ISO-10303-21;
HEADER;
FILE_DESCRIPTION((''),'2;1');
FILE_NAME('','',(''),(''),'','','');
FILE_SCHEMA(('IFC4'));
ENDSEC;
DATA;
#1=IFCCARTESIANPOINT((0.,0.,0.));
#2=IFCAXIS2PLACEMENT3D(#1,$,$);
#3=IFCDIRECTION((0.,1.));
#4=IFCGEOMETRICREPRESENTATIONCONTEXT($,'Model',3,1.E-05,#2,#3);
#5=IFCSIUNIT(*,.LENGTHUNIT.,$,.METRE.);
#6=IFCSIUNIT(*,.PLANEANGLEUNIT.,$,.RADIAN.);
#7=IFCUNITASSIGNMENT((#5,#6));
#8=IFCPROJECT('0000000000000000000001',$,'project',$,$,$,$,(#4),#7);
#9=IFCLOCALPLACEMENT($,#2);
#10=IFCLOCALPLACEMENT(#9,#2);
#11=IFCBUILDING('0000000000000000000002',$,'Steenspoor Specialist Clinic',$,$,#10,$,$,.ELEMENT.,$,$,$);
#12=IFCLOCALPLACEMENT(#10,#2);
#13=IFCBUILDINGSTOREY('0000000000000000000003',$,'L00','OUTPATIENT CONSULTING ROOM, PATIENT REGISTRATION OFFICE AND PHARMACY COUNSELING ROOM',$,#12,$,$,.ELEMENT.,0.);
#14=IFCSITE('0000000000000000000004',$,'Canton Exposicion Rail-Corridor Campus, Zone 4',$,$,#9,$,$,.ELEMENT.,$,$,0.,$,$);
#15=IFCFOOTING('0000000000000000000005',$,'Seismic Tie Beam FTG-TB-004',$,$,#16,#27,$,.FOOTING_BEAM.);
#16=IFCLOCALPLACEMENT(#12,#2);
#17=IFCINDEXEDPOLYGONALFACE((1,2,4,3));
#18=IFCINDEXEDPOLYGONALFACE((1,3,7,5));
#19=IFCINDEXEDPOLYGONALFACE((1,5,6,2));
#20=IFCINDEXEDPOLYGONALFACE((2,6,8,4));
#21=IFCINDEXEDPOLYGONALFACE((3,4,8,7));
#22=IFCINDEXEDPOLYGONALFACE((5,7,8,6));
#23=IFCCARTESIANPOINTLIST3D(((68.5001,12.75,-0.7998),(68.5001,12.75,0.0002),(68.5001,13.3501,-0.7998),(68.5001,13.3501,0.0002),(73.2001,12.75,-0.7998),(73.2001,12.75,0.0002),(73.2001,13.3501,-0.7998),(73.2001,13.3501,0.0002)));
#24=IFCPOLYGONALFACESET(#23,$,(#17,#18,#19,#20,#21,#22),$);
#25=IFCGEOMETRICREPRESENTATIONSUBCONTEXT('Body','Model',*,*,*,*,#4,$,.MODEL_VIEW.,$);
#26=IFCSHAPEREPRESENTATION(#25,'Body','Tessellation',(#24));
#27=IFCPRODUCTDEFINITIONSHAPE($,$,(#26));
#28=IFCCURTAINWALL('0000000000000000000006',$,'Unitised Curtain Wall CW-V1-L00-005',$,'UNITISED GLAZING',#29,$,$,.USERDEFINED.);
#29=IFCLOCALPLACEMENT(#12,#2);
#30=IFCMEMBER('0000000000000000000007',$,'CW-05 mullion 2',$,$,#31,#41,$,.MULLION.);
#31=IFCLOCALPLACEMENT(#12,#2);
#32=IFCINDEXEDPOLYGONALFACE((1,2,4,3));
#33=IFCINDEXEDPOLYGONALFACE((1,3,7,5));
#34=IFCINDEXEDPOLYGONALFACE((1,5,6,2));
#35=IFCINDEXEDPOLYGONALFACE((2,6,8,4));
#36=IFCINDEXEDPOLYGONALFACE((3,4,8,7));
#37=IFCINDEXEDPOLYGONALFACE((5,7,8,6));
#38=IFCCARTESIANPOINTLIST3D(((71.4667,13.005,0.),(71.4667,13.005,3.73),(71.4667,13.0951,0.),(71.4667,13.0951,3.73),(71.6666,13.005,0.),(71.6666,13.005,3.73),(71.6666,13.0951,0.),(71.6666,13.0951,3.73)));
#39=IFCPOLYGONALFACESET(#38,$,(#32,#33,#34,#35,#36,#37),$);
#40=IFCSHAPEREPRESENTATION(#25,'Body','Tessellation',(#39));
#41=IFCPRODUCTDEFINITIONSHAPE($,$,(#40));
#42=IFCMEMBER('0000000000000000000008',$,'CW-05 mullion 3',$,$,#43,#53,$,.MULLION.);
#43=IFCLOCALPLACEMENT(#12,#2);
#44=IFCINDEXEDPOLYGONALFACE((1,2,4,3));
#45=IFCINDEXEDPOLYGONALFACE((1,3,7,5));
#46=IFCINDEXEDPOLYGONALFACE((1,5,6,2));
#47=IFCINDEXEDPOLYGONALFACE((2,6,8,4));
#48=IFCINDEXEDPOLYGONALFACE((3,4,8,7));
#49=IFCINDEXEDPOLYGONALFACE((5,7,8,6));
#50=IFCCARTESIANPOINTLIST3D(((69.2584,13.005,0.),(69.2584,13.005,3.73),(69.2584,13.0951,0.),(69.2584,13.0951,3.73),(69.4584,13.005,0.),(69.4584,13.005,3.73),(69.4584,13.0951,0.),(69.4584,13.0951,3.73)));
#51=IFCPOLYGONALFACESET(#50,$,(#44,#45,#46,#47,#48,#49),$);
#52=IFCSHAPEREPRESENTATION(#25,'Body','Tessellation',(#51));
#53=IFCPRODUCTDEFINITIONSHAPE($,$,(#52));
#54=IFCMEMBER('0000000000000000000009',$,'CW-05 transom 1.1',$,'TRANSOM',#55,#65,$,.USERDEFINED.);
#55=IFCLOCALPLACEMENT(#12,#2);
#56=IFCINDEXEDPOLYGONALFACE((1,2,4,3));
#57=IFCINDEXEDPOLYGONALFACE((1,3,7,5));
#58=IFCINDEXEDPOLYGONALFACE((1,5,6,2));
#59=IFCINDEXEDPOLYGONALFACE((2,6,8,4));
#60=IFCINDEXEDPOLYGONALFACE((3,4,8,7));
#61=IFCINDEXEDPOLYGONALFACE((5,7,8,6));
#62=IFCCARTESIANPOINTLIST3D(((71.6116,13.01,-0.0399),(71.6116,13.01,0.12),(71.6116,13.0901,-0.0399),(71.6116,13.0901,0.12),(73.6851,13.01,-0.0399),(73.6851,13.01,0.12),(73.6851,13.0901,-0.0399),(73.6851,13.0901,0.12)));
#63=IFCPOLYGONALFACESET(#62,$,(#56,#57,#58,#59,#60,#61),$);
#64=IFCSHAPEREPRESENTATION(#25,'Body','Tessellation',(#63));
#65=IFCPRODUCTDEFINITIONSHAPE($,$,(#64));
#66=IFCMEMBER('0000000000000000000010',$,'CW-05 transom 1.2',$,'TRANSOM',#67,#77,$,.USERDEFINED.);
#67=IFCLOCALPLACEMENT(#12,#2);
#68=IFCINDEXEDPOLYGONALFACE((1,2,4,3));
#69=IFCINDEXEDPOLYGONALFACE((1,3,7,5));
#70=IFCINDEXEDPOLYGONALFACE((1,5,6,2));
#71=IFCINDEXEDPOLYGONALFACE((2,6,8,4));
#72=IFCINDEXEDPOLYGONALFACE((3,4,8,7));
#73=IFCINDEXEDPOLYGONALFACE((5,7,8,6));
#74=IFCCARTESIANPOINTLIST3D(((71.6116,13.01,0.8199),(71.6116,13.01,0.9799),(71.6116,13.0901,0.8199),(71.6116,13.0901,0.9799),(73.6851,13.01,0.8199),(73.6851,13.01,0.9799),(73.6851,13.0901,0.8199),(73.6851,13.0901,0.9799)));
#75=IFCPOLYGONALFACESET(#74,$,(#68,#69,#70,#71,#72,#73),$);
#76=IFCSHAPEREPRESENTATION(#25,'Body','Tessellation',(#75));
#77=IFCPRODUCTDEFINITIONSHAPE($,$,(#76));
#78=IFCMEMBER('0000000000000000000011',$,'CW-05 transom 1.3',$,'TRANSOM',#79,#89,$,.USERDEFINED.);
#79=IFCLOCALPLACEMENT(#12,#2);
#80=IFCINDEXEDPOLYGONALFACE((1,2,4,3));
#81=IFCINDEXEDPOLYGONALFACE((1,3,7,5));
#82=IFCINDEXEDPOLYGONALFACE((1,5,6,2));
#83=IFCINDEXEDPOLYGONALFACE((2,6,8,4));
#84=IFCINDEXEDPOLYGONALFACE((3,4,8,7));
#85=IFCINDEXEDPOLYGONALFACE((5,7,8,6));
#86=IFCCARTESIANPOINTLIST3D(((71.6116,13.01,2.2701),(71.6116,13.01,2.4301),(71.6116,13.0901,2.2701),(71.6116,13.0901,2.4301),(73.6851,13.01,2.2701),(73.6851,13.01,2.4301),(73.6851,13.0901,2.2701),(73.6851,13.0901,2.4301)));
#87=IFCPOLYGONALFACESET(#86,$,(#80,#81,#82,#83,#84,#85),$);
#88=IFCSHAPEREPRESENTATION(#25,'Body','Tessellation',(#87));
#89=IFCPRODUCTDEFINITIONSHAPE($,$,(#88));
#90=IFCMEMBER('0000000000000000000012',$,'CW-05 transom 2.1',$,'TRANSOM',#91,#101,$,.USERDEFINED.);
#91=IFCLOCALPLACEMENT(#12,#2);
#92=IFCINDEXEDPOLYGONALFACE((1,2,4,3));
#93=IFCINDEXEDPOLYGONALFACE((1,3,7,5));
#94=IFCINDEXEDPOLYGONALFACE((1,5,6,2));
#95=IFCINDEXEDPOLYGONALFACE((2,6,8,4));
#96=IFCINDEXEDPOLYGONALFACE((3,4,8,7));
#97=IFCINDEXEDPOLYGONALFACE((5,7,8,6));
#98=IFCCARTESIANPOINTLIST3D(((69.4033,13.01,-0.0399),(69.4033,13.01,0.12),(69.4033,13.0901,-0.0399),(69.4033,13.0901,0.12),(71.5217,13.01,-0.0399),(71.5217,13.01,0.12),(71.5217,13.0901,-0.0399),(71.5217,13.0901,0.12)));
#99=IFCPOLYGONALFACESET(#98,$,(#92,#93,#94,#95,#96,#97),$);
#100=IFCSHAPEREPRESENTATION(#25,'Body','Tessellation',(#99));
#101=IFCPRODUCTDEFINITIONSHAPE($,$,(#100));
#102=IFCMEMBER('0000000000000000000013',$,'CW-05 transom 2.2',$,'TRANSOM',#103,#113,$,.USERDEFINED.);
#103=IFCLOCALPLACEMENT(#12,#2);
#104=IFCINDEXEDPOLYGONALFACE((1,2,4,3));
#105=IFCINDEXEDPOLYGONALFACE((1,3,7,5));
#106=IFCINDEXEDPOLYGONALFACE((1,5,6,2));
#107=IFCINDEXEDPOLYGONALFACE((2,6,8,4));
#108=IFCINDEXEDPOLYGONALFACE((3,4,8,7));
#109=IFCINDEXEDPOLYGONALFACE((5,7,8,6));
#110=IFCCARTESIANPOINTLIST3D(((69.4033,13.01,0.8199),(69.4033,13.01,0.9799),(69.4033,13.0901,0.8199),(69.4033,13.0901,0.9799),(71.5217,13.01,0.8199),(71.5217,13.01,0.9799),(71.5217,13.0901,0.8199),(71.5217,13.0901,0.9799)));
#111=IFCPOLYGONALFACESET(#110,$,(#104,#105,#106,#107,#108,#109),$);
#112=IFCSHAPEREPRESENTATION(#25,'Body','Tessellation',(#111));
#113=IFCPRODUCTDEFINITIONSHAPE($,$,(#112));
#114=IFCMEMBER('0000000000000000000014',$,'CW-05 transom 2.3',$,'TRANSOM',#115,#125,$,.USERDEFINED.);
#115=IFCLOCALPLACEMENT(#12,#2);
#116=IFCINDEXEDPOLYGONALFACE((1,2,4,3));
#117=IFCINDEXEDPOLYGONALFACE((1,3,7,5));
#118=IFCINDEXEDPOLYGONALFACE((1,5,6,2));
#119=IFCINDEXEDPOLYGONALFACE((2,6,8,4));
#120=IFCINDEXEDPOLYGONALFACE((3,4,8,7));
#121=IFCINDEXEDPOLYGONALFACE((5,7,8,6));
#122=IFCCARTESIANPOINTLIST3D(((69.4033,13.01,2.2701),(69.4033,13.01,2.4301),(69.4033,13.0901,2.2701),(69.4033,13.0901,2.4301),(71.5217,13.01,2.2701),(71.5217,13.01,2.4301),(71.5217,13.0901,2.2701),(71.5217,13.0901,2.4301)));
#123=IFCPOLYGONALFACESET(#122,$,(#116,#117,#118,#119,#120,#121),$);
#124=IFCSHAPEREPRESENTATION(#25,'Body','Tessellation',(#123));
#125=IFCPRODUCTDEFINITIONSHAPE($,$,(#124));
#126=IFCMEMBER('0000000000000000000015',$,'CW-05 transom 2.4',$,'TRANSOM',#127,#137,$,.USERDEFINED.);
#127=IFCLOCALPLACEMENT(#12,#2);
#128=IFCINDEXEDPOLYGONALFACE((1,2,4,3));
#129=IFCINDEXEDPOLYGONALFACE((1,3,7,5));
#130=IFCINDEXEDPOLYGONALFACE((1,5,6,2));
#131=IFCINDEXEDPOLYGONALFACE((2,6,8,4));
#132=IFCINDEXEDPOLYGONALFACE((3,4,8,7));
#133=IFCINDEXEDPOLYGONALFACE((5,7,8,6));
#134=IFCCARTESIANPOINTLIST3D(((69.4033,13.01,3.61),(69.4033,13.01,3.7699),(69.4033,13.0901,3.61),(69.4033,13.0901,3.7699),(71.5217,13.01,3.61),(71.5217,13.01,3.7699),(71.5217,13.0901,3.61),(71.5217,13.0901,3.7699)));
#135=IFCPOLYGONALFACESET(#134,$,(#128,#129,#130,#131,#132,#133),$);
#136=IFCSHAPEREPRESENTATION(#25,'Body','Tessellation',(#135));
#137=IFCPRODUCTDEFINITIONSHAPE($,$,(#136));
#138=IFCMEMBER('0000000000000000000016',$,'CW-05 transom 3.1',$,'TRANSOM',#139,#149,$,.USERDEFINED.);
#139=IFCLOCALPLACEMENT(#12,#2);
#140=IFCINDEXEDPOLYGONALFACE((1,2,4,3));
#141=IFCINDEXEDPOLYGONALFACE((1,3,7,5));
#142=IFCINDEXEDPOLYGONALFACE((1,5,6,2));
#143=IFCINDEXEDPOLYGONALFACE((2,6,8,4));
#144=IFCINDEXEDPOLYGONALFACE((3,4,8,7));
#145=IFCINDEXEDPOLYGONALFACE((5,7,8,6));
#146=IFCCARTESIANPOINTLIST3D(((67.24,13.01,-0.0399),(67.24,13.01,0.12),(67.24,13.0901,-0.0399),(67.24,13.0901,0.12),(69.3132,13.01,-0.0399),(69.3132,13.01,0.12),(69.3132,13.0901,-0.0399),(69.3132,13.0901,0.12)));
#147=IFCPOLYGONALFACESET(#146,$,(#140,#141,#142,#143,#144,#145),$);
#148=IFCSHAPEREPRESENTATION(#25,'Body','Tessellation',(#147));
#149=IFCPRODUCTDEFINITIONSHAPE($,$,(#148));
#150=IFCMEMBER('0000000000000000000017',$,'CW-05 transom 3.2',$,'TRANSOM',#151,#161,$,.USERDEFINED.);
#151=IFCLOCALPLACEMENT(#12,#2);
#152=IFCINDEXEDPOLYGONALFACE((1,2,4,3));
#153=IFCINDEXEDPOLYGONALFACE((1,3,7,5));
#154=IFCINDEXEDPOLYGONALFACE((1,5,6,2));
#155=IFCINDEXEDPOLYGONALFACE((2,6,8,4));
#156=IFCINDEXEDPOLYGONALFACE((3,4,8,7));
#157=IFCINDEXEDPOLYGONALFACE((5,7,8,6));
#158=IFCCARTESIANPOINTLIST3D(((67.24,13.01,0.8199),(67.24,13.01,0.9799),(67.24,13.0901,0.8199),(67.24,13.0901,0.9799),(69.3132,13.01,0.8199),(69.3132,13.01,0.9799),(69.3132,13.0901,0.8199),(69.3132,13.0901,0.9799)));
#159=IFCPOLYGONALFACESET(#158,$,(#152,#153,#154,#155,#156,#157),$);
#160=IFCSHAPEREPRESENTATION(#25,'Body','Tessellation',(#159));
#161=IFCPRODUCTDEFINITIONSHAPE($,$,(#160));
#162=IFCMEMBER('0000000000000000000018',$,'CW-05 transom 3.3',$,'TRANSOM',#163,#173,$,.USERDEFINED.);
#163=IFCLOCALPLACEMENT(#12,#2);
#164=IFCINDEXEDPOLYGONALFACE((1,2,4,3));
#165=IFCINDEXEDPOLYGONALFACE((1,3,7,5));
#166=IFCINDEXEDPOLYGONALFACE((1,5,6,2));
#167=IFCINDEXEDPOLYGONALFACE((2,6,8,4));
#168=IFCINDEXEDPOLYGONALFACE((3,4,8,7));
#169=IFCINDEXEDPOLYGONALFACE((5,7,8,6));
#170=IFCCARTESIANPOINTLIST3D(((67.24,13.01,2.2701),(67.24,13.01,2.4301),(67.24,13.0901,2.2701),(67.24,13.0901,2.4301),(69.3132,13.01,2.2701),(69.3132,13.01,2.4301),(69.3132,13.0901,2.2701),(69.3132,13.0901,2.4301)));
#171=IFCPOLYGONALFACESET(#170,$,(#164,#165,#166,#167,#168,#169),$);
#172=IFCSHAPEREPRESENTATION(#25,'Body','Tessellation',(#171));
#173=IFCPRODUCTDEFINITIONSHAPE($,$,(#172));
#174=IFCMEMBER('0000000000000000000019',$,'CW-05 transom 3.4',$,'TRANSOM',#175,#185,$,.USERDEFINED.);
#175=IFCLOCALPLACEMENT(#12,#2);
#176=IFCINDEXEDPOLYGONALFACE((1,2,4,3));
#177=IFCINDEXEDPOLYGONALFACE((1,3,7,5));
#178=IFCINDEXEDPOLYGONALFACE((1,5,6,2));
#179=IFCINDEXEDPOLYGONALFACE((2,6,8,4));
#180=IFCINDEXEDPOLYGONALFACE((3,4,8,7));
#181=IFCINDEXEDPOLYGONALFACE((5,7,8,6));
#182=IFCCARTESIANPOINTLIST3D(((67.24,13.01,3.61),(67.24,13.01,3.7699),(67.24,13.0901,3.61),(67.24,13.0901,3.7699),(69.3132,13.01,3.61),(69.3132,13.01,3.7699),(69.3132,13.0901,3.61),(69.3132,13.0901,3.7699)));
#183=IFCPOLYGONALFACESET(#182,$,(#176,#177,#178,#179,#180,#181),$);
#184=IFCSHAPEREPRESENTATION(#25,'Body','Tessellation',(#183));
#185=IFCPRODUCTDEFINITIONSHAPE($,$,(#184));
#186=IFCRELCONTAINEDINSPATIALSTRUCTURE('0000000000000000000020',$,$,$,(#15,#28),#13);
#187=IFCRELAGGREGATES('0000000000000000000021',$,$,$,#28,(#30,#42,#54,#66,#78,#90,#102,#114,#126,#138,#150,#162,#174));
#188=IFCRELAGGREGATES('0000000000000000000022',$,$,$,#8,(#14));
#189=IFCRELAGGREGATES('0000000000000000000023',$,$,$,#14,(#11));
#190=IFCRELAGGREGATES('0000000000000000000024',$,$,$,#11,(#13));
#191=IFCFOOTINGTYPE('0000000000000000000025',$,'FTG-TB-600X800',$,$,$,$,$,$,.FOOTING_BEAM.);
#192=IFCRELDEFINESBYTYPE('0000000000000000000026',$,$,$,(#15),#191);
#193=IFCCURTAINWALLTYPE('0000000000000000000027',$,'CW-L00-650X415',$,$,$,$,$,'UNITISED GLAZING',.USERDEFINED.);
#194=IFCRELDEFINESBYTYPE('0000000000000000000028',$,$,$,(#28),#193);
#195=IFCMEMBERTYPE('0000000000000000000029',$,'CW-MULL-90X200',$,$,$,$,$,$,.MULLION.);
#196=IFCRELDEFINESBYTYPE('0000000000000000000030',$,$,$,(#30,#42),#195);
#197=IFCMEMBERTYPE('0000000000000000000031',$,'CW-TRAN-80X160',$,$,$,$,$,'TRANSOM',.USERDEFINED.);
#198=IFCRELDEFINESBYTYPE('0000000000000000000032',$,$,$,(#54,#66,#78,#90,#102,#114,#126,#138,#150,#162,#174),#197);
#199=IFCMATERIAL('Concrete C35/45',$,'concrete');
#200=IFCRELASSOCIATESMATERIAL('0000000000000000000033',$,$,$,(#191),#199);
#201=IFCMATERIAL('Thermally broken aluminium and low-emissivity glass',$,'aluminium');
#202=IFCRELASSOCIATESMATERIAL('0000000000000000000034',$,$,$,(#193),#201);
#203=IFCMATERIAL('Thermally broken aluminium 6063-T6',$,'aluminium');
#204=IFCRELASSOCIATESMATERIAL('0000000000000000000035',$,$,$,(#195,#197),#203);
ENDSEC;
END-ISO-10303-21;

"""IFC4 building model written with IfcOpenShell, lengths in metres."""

from ifc_helpers import new_model, si_unit, direction, frame, origin, origin_2d, place, context, subcontext, project, spatial, rectangle, extrude, material, material_profile, profile_set, type_object, element, aggregate, save


model = new_model("IFC4")

# Units and contexts
model_context = context("Model", 3, precision=1e-05, world=origin(), true_north=direction((0.0, 1.0)))
body_context = subcontext(model_context, "Body", "Model", "MODEL_VIEW")
ifc_project = project(units=[si_unit("LENGTHUNIT", "METRE"), si_unit("PLANEANGLEUNIT", "RADIAN")], contexts=[model_context])

# Site, building, storey
site_placement = place(None, origin())
site = spatial("IfcSite", under=ifc_project, at=site_placement, Name="Canton Exposicion Rail-Corridor Campus, Zone 4", CompositionType="ELEMENT", RefElevation=0.0)
building_placement = place(site_placement, origin())
building = spatial("IfcBuilding", under=site, at=building_placement, Name="Steenspoor Specialist Clinic", CompositionType="ELEMENT")
storey_placement = place(building_placement, origin())
storey = spatial("IfcBuildingStorey", under=building, at=storey_placement, Name="L00", Description="OUTPATIENT CONSULTING ROOM, PATIENT REGISTRATION OFFICE AND PHARMACY COUNSELING ROOM", CompositionType="ELEMENT", Elevation=0.0)

# Footing
ifc_material_1 = material(Name="Concrete C35/45", Category="concrete")
footing_type = type_object("IfcFootingType", Name="FTG-TB-600X800", PredefinedType="FOOTING_BEAM", material=ifc_material_1)
footing_placement = place(storey_placement, frame((70.8501, 13.05, -0.7998), z_axis=(0.0, 0.0, 1.0), x_axis=(1.0, 0.0, 0.0)))
element("IfcFooting", 1, at=footing_placement, inside=storey, type_object=footing_type, Name="Seismic Tie Beam FTG-TB-004", PredefinedType="FOOTING_BEAM", context=body_context, shape_type="SweptSolid", body=[
    extrude(rectangle(XDim=4.7, YDim=0.6001, at=origin_2d()), origin(), (0.0, 0.0, 1.0), 0.8),
])

# Curtain wall, members
ifc_material_2 = material(Name="Thermally broken aluminium and low-emissivity glass", Category="aluminium")
curtain_wall_type = type_object("IfcCurtainWallType", Name="CW-L00-650X415", ElementType="UNITISED GLAZING", PredefinedType="USERDEFINED", material=ifc_material_2)
curtain_wall_placement = place(storey_placement, origin())
curtain_wall = element("IfcCurtainWall", 2, at=curtain_wall_placement, inside=storey, type_object=curtain_wall_type, Name="Unitised Curtain Wall CW-V1-L00-005", ObjectType="UNITISED GLAZING", PredefinedType="USERDEFINED")
ifc_material_3 = material(Name="Thermally broken aluminium 6063-T6", Category="aluminium")
ifc_material_profile_1 = material_profile(ifc_material_3, rectangle(XDim=0.0901, YDim=0.2, at=origin_2d()), Name="CWM-90X200")
ifc_profile_set_1 = profile_set([ifc_material_profile_1], Name="Thermally broken aluminium 6063-T6")
member_type_1 = type_object("IfcMemberType", Name="CW-MULL-90X200", PredefinedType="MULLION", material=ifc_profile_set_1)
member_1_placement = place(storey_placement, frame((71.5667, 13.05, 0.0), z_axis=(0.0, 0.0, 1.0), x_axis=(0.0, -1.0, 0.0)))
member_1 = element("IfcMember", 3, at=member_1_placement, type_object=member_type_1, Name="CW-05 mullion 2", PredefinedType="MULLION", context=body_context, shape_type="SweptSolid", body=[
    extrude(rectangle(XDim=0.0901, YDim=0.2, at=origin_2d()), origin(), (0.0, 0.0, 1.0), 3.73),
])
member_2_placement = place(storey_placement, frame((69.3584, 13.05, 0.0), z_axis=(0.0, 0.0, 1.0), x_axis=(0.0, -1.0, 0.0)))
member_2 = element("IfcMember", 4, at=member_2_placement, type_object=member_type_1, Name="CW-05 mullion 3", PredefinedType="MULLION", context=body_context, shape_type="SweptSolid", body=[
    extrude(rectangle(XDim=0.0901, YDim=0.2, at=origin_2d()), origin(), (0.0, 0.0, 1.0), 3.73),
])
ifc_material_profile_2 = material_profile(ifc_material_3, rectangle(XDim=0.0801, YDim=0.1599, at=origin_2d()), Name="CWT-80X160")
ifc_profile_set_2 = profile_set([ifc_material_profile_2], Name="Thermally broken aluminium 6063-T6")
member_type_2 = type_object("IfcMemberType", Name="CW-TRAN-80X160", ElementType="TRANSOM", PredefinedType="USERDEFINED", material=ifc_profile_set_2)
member_3_placement = place(storey_placement, frame((73.6851, 13.05, 0.04), z_axis=(-1.0, 0.0, 0.0), x_axis=(0.0, -1.0, 0.0)))
member_3 = element("IfcMember", 5, at=member_3_placement, type_object=member_type_2, Name="CW-05 transom 1.1", ObjectType="TRANSOM", PredefinedType="USERDEFINED", context=body_context, shape_type="SweptSolid", body=[
    extrude(rectangle(XDim=0.0801, YDim=0.1599, at=origin_2d()), origin(), (0.0, 0.0, 1.0), 2.0735),
])
member_4_placement = place(storey_placement, frame((73.6851, 13.05, 0.8999), z_axis=(-1.0, 0.0, 0.0), x_axis=(0.0, -1.0, 0.0)))
member_4 = element("IfcMember", 6, at=member_4_placement, type_object=member_type_2, Name="CW-05 transom 1.2", ObjectType="TRANSOM", PredefinedType="USERDEFINED", context=body_context, shape_type="SweptSolid", body=[
    extrude(rectangle(XDim=0.0801, YDim=0.1599, at=origin_2d()), origin(), (0.0, 0.0, 1.0), 2.0735),
])
member_5_placement = place(storey_placement, frame((73.6851, 13.05, 2.3501), z_axis=(-1.0, 0.0, 0.0), x_axis=(0.0, -1.0, 0.0)))
member_5 = element("IfcMember", 7, at=member_5_placement, type_object=member_type_2, Name="CW-05 transom 1.3", ObjectType="TRANSOM", PredefinedType="USERDEFINED", context=body_context, shape_type="SweptSolid", body=[
    extrude(rectangle(XDim=0.0801, YDim=0.1599, at=origin_2d()), origin(), (0.0, 0.0, 1.0), 2.0735),
])
member_6_placement = place(storey_placement, frame((71.5217, 13.05, 0.04), z_axis=(-1.0, 0.0, 0.0), x_axis=(0.0, -1.0, 0.0)))
member_6 = element("IfcMember", 8, at=member_6_placement, type_object=member_type_2, Name="CW-05 transom 2.1", ObjectType="TRANSOM", PredefinedType="USERDEFINED", context=body_context, shape_type="SweptSolid", body=[
    extrude(rectangle(XDim=0.0801, YDim=0.1599, at=origin_2d()), origin(), (0.0, 0.0, 1.0), 2.1184),
])
member_7_placement = place(storey_placement, frame((71.5217, 13.05, 0.8999), z_axis=(-1.0, 0.0, 0.0), x_axis=(0.0, -1.0, 0.0)))
member_7 = element("IfcMember", 9, at=member_7_placement, type_object=member_type_2, Name="CW-05 transom 2.2", ObjectType="TRANSOM", PredefinedType="USERDEFINED", context=body_context, shape_type="SweptSolid", body=[
    extrude(rectangle(XDim=0.0801, YDim=0.1599, at=origin_2d()), origin(), (0.0, 0.0, 1.0), 2.1184),
])
member_8_placement = place(storey_placement, frame((71.5217, 13.05, 2.3501), z_axis=(-1.0, 0.0, 0.0), x_axis=(0.0, -1.0, 0.0)))
member_8 = element("IfcMember", 10, at=member_8_placement, type_object=member_type_2, Name="CW-05 transom 2.3", ObjectType="TRANSOM", PredefinedType="USERDEFINED", context=body_context, shape_type="SweptSolid", body=[
    extrude(rectangle(XDim=0.0801, YDim=0.1599, at=origin_2d()), origin(), (0.0, 0.0, 1.0), 2.1184),
])
member_9_placement = place(storey_placement, frame((71.5217, 13.05, 3.6899), z_axis=(-1.0, 0.0, 0.0), x_axis=(0.0, -1.0, 0.0)))
member_9 = element("IfcMember", 11, at=member_9_placement, type_object=member_type_2, Name="CW-05 transom 2.4", ObjectType="TRANSOM", PredefinedType="USERDEFINED", context=body_context, shape_type="SweptSolid", body=[
    extrude(rectangle(XDim=0.0801, YDim=0.1599, at=origin_2d()), origin(), (0.0, 0.0, 1.0), 2.1184),
])
member_10_placement = place(storey_placement, frame((69.3132, 13.05, 0.04), z_axis=(-1.0, 0.0, 0.0), x_axis=(0.0, -1.0, 0.0)))
member_10 = element("IfcMember", 12, at=member_10_placement, type_object=member_type_2, Name="CW-05 transom 3.1", ObjectType="TRANSOM", PredefinedType="USERDEFINED", context=body_context, shape_type="SweptSolid", body=[
    extrude(rectangle(XDim=0.0801, YDim=0.1599, at=origin_2d()), origin(), (0.0, 0.0, 1.0), 2.0732),
])
member_11_placement = place(storey_placement, frame((69.3132, 13.05, 0.8999), z_axis=(-1.0, 0.0, 0.0), x_axis=(0.0, -1.0, 0.0)))
member_11 = element("IfcMember", 13, at=member_11_placement, type_object=member_type_2, Name="CW-05 transom 3.2", ObjectType="TRANSOM", PredefinedType="USERDEFINED", context=body_context, shape_type="SweptSolid", body=[
    extrude(rectangle(XDim=0.0801, YDim=0.1599, at=origin_2d()), origin(), (0.0, 0.0, 1.0), 2.0732),
])
member_12_placement = place(storey_placement, frame((69.3132, 13.05, 2.3501), z_axis=(-1.0, 0.0, 0.0), x_axis=(0.0, -1.0, 0.0)))
member_12 = element("IfcMember", 14, at=member_12_placement, type_object=member_type_2, Name="CW-05 transom 3.3", ObjectType="TRANSOM", PredefinedType="USERDEFINED", context=body_context, shape_type="SweptSolid", body=[
    extrude(rectangle(XDim=0.0801, YDim=0.1599, at=origin_2d()), origin(), (0.0, 0.0, 1.0), 2.0732),
])
member_13_placement = place(storey_placement, frame((69.3132, 13.05, 3.6899), z_axis=(-1.0, 0.0, 0.0), x_axis=(0.0, -1.0, 0.0)))
member_13 = element("IfcMember", 15, at=member_13_placement, type_object=member_type_2, Name="CW-05 transom 3.4", ObjectType="TRANSOM", PredefinedType="USERDEFINED", context=body_context, shape_type="SweptSolid", body=[
    extrude(rectangle(XDim=0.0801, YDim=0.1599, at=origin_2d()), origin(), (0.0, 0.0, 1.0), 2.0732),
])
aggregate(curtain_wall, [member_1, member_2, member_3, member_4, member_5, member_6, member_7, member_8, member_9, member_10, member_11, member_12, member_13])

save(model, "model.ifc")
